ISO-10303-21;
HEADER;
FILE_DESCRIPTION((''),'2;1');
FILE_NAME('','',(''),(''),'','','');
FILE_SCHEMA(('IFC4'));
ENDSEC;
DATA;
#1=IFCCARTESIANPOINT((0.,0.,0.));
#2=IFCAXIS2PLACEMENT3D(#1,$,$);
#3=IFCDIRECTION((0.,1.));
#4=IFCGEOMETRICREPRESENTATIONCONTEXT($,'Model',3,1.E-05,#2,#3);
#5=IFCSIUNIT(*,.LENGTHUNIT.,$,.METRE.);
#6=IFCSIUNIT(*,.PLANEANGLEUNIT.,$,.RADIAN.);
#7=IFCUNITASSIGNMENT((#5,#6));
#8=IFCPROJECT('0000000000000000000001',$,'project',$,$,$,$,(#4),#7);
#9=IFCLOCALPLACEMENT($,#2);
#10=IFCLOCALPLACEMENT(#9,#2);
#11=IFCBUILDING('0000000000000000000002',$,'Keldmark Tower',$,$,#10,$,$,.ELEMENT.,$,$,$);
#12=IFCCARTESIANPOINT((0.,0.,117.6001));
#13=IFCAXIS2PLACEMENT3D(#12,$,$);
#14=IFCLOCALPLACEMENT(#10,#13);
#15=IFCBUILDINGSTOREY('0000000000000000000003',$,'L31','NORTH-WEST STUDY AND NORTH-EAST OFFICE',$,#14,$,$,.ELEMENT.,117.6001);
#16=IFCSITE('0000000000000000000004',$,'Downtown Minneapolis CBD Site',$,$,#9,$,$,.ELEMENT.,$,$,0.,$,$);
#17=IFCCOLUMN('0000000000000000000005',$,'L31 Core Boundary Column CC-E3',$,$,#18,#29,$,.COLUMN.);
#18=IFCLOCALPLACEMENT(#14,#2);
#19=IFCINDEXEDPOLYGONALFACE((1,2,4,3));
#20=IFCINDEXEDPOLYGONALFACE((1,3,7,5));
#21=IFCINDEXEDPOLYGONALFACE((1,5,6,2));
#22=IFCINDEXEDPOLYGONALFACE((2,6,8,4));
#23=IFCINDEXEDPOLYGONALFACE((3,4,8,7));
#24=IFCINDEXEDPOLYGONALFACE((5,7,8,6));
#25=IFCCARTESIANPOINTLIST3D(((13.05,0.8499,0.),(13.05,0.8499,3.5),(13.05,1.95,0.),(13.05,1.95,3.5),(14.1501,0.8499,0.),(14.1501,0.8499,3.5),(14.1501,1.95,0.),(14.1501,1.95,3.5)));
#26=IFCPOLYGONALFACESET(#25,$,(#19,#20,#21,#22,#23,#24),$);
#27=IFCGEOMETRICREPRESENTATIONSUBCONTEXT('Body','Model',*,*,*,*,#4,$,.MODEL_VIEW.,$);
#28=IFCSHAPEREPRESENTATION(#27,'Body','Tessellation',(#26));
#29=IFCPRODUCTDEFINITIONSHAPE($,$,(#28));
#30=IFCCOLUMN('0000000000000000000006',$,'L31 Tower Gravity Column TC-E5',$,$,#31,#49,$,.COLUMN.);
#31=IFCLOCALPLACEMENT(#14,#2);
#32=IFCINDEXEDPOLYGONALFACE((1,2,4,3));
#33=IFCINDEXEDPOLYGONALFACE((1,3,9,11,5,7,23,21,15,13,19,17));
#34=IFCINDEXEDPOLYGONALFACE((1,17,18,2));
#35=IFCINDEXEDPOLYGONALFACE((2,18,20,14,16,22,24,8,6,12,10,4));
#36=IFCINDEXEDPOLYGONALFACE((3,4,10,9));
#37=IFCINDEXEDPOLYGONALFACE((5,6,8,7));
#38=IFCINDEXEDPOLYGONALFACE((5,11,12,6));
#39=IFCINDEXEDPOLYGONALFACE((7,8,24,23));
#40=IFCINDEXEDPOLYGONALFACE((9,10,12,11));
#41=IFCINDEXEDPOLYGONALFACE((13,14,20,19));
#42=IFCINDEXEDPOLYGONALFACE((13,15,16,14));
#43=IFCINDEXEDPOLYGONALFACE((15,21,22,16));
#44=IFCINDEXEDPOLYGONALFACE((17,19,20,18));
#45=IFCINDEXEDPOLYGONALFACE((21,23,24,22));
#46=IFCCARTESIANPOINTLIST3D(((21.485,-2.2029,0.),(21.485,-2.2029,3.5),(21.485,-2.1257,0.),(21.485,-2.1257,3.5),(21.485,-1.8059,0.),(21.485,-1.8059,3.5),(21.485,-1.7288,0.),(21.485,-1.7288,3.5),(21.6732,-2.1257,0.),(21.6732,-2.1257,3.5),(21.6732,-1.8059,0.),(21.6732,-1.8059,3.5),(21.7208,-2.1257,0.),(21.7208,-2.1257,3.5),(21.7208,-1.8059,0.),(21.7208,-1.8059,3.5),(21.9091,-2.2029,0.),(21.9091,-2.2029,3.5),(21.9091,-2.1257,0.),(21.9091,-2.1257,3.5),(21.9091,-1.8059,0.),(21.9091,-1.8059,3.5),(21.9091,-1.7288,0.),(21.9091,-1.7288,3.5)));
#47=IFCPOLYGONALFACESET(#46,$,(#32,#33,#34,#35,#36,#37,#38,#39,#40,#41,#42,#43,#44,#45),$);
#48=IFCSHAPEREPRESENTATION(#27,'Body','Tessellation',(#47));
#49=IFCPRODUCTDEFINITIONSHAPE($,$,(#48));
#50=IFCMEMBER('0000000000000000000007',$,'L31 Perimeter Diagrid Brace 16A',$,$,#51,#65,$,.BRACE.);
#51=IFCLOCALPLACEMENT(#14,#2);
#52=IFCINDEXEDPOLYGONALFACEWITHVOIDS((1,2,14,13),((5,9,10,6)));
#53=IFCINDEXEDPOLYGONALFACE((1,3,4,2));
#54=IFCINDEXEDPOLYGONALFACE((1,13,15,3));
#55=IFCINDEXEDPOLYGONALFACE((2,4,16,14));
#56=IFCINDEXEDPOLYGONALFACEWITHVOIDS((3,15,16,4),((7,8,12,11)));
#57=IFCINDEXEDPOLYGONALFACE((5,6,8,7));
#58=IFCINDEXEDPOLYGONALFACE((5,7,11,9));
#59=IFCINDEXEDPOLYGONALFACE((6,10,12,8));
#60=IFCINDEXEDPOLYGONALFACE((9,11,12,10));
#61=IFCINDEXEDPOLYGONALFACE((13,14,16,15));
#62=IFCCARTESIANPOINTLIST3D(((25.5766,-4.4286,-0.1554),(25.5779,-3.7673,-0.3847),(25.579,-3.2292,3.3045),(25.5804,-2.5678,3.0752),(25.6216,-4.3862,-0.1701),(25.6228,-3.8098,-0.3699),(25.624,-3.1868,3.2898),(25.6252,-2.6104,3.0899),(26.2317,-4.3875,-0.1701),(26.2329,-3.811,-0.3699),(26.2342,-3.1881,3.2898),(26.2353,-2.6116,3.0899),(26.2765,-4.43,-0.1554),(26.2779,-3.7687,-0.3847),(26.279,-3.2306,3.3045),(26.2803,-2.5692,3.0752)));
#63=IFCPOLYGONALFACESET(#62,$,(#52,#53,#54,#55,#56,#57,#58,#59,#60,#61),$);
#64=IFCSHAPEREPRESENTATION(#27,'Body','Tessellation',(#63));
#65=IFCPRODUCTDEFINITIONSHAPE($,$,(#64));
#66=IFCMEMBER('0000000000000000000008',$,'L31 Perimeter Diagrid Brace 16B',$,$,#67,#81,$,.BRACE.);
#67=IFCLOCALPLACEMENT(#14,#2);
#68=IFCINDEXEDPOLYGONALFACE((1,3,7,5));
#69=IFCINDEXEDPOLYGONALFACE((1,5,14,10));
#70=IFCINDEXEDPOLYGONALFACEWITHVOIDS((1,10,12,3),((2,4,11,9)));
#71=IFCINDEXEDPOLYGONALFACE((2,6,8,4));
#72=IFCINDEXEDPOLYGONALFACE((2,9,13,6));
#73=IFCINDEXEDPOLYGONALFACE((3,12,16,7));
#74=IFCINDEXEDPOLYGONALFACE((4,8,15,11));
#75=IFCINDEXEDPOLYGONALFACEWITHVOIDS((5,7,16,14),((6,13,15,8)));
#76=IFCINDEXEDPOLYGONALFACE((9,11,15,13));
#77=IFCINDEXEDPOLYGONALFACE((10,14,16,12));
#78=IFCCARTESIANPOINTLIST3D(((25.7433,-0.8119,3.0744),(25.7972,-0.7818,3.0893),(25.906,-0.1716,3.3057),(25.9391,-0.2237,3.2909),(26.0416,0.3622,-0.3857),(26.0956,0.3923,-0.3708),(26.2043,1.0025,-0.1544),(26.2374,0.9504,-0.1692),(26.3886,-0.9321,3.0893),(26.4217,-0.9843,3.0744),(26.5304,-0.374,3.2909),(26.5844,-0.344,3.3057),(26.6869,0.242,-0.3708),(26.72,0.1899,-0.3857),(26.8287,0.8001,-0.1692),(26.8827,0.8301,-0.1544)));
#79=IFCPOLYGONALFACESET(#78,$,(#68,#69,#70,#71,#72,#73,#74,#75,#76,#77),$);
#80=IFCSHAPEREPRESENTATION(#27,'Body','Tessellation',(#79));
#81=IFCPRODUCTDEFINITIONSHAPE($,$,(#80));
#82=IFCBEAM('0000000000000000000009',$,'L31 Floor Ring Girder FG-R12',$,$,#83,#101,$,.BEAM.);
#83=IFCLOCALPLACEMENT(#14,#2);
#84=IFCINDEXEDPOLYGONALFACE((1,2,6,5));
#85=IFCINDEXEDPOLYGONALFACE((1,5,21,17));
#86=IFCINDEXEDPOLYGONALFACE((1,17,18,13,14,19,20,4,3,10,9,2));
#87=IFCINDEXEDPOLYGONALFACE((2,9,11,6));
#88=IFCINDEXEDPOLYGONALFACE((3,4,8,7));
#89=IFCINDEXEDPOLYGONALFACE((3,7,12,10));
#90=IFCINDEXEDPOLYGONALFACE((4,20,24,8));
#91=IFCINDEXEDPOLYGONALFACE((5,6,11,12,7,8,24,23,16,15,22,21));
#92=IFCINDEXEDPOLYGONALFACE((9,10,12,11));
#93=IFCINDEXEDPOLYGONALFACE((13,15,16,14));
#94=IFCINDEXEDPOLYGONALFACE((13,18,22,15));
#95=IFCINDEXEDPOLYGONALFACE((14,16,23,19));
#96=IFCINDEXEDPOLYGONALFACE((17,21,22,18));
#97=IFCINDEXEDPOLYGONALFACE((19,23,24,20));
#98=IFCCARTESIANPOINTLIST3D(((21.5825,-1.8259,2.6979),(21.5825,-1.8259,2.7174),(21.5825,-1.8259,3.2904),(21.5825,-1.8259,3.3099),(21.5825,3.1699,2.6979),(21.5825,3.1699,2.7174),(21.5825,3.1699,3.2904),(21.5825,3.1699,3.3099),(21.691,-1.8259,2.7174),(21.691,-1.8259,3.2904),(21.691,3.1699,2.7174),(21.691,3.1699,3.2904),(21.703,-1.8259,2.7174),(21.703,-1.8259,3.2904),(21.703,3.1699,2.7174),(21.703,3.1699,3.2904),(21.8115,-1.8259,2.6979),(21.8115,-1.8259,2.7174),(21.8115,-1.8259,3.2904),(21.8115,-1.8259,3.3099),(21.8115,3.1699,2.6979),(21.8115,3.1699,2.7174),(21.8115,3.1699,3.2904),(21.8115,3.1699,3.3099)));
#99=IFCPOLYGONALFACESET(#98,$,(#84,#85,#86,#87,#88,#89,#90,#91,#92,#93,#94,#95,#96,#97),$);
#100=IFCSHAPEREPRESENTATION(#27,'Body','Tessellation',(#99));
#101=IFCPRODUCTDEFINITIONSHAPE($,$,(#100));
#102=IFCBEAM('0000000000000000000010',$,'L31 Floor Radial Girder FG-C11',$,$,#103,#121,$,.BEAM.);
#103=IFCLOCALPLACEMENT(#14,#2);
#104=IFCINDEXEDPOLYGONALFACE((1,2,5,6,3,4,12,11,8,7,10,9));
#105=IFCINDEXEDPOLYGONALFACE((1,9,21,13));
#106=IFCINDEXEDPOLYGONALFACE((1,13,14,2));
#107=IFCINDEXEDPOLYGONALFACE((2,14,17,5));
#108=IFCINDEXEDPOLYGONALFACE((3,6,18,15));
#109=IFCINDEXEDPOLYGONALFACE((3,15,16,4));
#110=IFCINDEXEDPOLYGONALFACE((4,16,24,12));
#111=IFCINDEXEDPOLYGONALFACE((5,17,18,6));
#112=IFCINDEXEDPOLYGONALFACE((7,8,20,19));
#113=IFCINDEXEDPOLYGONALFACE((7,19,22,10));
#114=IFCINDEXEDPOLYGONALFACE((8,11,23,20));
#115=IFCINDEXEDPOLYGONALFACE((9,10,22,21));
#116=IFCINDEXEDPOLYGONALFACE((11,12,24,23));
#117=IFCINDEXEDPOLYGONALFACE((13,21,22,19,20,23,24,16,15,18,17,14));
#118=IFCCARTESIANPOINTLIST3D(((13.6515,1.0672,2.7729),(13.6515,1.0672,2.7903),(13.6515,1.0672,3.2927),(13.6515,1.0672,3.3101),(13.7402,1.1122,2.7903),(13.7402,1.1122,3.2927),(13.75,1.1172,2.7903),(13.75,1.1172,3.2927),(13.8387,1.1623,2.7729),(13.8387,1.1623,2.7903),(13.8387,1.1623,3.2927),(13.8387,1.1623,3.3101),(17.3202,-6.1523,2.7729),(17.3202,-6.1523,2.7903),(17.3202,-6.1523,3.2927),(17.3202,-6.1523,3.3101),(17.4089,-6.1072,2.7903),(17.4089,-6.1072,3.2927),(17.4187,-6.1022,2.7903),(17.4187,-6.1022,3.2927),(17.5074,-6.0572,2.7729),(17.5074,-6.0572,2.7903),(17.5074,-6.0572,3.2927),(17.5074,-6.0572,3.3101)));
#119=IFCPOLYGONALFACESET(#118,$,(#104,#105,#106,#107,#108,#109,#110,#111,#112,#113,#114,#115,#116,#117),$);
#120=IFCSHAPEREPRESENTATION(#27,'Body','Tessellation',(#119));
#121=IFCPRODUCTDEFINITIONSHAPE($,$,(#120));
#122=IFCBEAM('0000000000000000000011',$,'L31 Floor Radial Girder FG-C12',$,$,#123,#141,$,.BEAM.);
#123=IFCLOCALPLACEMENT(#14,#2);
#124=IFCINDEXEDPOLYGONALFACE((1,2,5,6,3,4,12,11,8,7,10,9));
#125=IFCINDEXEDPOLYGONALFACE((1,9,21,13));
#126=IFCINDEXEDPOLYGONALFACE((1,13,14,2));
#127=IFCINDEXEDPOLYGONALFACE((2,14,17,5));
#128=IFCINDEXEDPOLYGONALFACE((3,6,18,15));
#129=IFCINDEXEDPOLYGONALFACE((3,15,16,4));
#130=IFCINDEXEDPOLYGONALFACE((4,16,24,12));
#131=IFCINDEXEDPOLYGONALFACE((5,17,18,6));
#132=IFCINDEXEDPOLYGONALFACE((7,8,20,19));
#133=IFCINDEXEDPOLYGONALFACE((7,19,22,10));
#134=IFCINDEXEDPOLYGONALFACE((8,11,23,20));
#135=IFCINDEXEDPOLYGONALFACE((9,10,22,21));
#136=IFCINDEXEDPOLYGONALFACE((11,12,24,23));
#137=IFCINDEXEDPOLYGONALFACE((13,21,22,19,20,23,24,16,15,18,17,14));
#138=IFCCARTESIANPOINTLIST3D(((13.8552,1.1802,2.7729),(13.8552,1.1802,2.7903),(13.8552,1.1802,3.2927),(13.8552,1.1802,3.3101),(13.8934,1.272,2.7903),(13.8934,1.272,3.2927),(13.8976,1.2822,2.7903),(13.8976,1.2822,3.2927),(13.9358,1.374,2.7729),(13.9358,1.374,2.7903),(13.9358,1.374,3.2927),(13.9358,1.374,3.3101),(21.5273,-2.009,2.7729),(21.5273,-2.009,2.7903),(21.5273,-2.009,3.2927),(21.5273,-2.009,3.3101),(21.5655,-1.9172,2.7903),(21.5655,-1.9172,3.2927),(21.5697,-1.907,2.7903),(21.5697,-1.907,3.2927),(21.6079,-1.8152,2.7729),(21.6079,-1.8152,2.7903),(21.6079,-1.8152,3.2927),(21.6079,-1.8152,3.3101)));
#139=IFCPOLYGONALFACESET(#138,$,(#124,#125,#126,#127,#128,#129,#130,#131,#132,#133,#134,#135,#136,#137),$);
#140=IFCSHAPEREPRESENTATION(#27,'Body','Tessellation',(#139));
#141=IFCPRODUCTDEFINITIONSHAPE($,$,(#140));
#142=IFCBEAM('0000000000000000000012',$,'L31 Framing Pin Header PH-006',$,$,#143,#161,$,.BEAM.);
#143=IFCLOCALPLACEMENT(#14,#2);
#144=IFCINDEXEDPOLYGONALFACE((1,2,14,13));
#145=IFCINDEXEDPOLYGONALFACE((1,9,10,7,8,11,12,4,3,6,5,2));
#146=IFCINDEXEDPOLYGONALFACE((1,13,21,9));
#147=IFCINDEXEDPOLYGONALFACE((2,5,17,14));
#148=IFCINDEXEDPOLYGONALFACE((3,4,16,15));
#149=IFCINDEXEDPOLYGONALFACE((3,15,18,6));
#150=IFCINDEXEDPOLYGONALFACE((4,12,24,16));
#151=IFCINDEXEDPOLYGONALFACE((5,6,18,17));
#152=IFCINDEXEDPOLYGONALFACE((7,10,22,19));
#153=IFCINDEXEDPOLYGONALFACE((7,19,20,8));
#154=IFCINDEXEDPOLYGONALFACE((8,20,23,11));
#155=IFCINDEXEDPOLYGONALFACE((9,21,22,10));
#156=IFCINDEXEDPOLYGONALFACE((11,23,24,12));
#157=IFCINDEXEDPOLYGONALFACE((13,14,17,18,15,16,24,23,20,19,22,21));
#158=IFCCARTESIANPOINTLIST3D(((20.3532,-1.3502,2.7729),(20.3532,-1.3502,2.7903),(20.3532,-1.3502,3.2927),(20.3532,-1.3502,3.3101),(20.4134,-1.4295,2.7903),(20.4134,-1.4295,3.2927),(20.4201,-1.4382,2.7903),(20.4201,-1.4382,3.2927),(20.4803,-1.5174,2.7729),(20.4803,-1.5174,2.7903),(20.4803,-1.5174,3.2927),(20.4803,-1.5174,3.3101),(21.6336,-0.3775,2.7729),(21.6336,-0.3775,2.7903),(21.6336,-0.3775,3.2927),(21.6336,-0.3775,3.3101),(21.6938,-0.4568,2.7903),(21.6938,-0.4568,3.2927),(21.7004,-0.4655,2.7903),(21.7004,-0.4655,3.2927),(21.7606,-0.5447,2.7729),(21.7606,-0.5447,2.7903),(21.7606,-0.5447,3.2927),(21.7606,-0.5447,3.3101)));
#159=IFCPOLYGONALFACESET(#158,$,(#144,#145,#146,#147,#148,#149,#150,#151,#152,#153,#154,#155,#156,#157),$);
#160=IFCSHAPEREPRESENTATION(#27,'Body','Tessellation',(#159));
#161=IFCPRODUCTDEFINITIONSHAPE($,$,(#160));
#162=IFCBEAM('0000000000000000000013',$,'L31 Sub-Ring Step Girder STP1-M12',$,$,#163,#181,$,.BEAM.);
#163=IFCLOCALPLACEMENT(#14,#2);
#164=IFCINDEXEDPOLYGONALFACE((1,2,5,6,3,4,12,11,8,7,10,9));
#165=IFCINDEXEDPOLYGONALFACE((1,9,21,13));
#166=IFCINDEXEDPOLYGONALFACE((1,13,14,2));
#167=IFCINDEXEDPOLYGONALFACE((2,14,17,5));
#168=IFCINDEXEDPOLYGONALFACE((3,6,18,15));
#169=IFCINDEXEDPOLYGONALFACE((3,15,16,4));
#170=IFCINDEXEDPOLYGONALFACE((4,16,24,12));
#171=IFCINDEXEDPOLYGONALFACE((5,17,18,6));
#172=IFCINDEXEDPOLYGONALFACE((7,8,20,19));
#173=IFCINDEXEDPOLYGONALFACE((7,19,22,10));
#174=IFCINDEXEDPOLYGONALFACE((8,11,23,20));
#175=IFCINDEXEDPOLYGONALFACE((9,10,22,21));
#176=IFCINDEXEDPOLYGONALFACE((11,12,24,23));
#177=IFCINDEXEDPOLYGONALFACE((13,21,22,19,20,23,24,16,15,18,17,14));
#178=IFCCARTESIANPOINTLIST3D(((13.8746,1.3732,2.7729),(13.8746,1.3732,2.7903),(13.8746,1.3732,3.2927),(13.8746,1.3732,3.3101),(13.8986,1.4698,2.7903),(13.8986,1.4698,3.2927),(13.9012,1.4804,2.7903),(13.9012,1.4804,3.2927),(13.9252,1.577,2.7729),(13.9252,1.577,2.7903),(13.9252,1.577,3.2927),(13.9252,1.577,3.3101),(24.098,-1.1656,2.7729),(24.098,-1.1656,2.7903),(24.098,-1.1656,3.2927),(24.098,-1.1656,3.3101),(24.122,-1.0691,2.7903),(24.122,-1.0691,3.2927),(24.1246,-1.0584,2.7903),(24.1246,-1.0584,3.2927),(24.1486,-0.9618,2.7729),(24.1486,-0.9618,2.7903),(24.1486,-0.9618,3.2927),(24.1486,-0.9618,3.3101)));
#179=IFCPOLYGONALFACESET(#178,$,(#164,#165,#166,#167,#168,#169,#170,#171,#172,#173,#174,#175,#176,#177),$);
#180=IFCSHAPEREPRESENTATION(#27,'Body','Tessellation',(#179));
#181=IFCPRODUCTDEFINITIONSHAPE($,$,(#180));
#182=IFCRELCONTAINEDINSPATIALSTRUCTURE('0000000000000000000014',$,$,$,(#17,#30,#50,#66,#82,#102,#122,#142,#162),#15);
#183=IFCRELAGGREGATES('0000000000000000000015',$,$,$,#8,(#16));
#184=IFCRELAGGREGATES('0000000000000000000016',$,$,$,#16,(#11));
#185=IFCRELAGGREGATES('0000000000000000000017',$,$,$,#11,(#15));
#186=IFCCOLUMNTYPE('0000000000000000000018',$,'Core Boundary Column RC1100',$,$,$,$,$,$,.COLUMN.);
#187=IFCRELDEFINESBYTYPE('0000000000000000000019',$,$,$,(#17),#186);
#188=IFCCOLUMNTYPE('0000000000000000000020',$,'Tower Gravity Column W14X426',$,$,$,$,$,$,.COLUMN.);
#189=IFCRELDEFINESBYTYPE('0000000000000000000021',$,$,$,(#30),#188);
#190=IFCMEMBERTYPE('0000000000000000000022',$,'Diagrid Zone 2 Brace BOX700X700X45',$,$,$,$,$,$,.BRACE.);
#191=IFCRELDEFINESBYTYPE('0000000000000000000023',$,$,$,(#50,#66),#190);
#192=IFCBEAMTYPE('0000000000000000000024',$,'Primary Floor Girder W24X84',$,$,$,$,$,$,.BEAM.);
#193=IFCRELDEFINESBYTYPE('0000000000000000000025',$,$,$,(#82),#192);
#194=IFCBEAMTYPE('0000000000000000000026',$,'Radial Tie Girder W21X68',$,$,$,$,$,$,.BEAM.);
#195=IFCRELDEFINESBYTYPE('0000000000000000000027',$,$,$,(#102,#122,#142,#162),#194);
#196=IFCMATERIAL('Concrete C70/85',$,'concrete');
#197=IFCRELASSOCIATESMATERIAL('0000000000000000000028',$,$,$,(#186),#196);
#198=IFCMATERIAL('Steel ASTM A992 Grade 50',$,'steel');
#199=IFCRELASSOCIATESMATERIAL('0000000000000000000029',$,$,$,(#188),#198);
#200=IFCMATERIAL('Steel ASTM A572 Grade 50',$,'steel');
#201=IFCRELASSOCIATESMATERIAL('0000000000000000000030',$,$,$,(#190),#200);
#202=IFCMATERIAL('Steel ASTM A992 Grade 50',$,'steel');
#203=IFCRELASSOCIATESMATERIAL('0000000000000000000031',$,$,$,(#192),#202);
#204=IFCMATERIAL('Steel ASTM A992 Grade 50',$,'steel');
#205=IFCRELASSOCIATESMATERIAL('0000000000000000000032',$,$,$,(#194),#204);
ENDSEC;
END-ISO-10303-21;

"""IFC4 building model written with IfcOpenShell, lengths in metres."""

from ifc_helpers import new_model, si_unit, direction, frame, origin, origin_2d, place, context, subcontext, project, spatial, rectangle, hollow_rectangle, i_section, extrude, material, material_profile, profile_set, type_object, element, save


model = new_model("IFC4")

# Units and contexts
model_context = context("Model", 3, precision=1e-05, world=origin(), true_north=direction((0.0, 1.0)))
body_context = subcontext(model_context, "Body", "Model", "MODEL_VIEW")
ifc_project = project(units=[si_unit("LENGTHUNIT", "METRE"), si_unit("PLANEANGLEUNIT", "RADIAN")], contexts=[model_context])

# Site, building, storey
site_placement = place(None, origin())
site = spatial("IfcSite", under=ifc_project, at=site_placement, Name="Downtown Minneapolis CBD Site", CompositionType="ELEMENT", RefElevation=0.0)
building_placement = place(site_placement, origin())
building = spatial("IfcBuilding", under=site, at=building_placement, Name="Keldmark Tower", CompositionType="ELEMENT")
storey_placement = place(building_placement, frame((0.0, 0.0, 117.6001)))
storey = spatial("IfcBuildingStorey", under=building, at=storey_placement, Name="L31", Description="NORTH-WEST STUDY AND NORTH-EAST OFFICE", CompositionType="ELEMENT", Elevation=117.6001)

# Columns
ifc_material_1 = material(Name="Concrete C70/85", Category="concrete")
ifc_material_profile_1 = material_profile(ifc_material_1, rectangle(XDim=1.1001, YDim=1.1001, at=origin_2d()), Name="RC1100X1100")
ifc_profile_set_1 = profile_set([ifc_material_profile_1], Name="Concrete C70/85")
column_type_1 = type_object("IfcColumnType", Name="Core Boundary Column RC1100", PredefinedType="COLUMN", material=ifc_profile_set_1)
column_1_placement = place(storey_placement, frame((13.6001, 1.3999, 0.0), z_axis=(0.0, 0.0, 1.0), x_axis=(1.0, 0.0, 0.0)))
element("IfcColumn", 1, at=column_1_placement, inside=storey, type_object=column_type_1, Name="L31 Core Boundary Column CC-E3", PredefinedType="COLUMN", context=body_context, shape_type="SweptSolid", body=[
    extrude(rectangle(XDim=1.1001, YDim=1.1001, at=origin_2d()), origin(), (0.0, 0.0, 1.0), 3.5),
])
ifc_material_2 = material(Name="Steel ASTM A992 Grade 50", Category="steel")
ifc_material_profile_2 = material_profile(ifc_material_2, i_section(OverallWidth=0.4241, OverallDepth=0.4741, WebThickness=0.0476, FlangeThickness=0.0771, at=origin_2d()), Name="W14X426")
ifc_profile_set_2 = profile_set([ifc_material_profile_2], Name="Steel ASTM A992 Grade 50")
column_type_2 = type_object("IfcColumnType", Name="Tower Gravity Column W14X426", PredefinedType="COLUMN", material=ifc_profile_set_2)
column_2_placement = place(storey_placement, frame((21.697, -1.9658, 0.0), z_axis=(0.0, 0.0, 1.0), x_axis=(1.0, 0.0, 0.0)))
element("IfcColumn", 2, at=column_2_placement, inside=storey, type_object=column_type_2, Name="L31 Tower Gravity Column TC-E5", PredefinedType="COLUMN", context=body_context, shape_type="SweptSolid", body=[
    extrude(i_section(OverallWidth=0.4241, OverallDepth=0.4741, WebThickness=0.0476, FlangeThickness=0.0771, at=origin_2d()), origin(), (0.0, 0.0, 1.0), 3.5),
])

# Members
ifc_material_3 = material(Name="Steel ASTM A572 Grade 50", Category="steel")
ifc_material_profile_3 = material_profile(ifc_material_3, hollow_rectangle(XDim=0.7, YDim=0.7, WallThickness=0.0449, at=origin_2d()), Name="BOX700X700X45")
ifc_profile_set_3 = profile_set([ifc_material_profile_3], Name="Steel ASTM A572 Grade 50")
member_type = type_object("IfcMemberType", Name="Diagrid Zone 2 Brace BOX700X700X45", PredefinedType="BRACE", material=ifc_profile_set_3)
member_1_placement = place(storey_placement, frame((25.9272, -4.0986, -0.27), z_axis=(0.000667, 0.327546, 0.944835), x_axis=(-0.999998, 0.002035, 0.0)))
element("IfcMember", 3, at=member_1_placement, inside=storey, type_object=member_type, Name="L31 Perimeter Diagrid Brace 16A", PredefinedType="BRACE", context=body_context, shape_type="SweptSolid", body=[
    extrude(hollow_rectangle(XDim=0.7, YDim=0.7, WallThickness=0.0449, at=origin_2d()), origin(), (0.0, 0.0, 1.0), 3.6619),
])
member_2_placement = place(storey_placement, frame((26.4622, 0.5962, -0.27), z_axis=(-0.081383, -0.320269, 0.943824), x_axis=(0.969199, -0.24628, 0.0)))
element("IfcMember", 4, at=member_2_placement, inside=storey, type_object=member_type, Name="L31 Perimeter Diagrid Brace 16B", PredefinedType="BRACE", context=body_context, shape_type="SweptSolid", body=[
    extrude(hollow_rectangle(XDim=0.7, YDim=0.7, WallThickness=0.0449, at=origin_2d()), origin(), (0.0, 0.0, 1.0), 3.666),
])

# Beams
ifc_material_4 = material(Name="Steel ASTM A992 Grade 50", Category="steel")
ifc_material_profile_4 = material_profile(ifc_material_4, i_section(OverallWidth=0.229, OverallDepth=0.6121, WebThickness=0.012, FlangeThickness=0.0195, at=origin_2d()), Name="W24X84")
ifc_profile_set_4 = profile_set([ifc_material_profile_4], Name="Steel ASTM A992 Grade 50")
beam_type_1 = type_object("IfcBeamType", Name="Primary Floor Girder W24X84", PredefinedType="BEAM", material=ifc_profile_set_4)
beam_1_placement = place(storey_placement, frame((21.697, -1.8259, 3.0039), z_axis=(0.0, 1.0, 0.0), x_axis=(-1.0, 0.0, 0.0)))
element("IfcBeam", 5, at=beam_1_placement, inside=storey, type_object=beam_type_1, Name="L31 Floor Ring Girder FG-R12", PredefinedType="BEAM", context=body_context, shape_type="SweptSolid", body=[
    extrude(i_section(OverallWidth=0.229, OverallDepth=0.6121, WebThickness=0.012, FlangeThickness=0.0195, at=origin_2d()), origin(), (0.0, 0.0, 1.0), 4.9958),
])
ifc_material_5 = material(Name="Steel ASTM A992 Grade 50", Category="steel")
ifc_material_profile_5 = material_profile(ifc_material_5, i_section(OverallWidth=0.21, OverallDepth=0.5371, WebThickness=0.011, FlangeThickness=0.0173, at=origin_2d()), Name="W21X68")
ifc_profile_set_5 = profile_set([ifc_material_profile_5], Name="Steel ASTM A992 Grade 50")
beam_type_2 = type_object("IfcBeamType", Name="Radial Tie Girder W21X68", PredefinedType="BEAM", material=ifc_profile_set_5)
beam_2_placement = place(storey_placement, frame((17.4138, -6.1047, 3.0415), z_axis=(-0.453029, 0.891496, 0.0), x_axis=(-0.891496, -0.453029, 0.0)))
element("IfcBeam", 6, at=beam_2_placement, inside=storey, type_object=beam_type_2, Name="L31 Floor Radial Girder FG-C11", PredefinedType="BEAM", context=body_context, shape_type="SweptSolid", body=[
    extrude(i_section(OverallWidth=0.21, OverallDepth=0.5371, WebThickness=0.011, FlangeThickness=0.0173, at=origin_2d()), origin(), (0.0, 0.0, 1.0), 8.0981),
])
beam_3_placement = place(storey_placement, frame((21.5676, -1.9121, 3.0415), z_axis=(-0.923397, 0.383845, 0.0), x_axis=(-0.383845, -0.923397, 0.0)))
element("IfcBeam", 7, at=beam_3_placement, inside=storey, type_object=beam_type_2, Name="L31 Floor Radial Girder FG-C12", PredefinedType="BEAM", context=body_context, shape_type="SweptSolid", body=[
    extrude(i_section(OverallWidth=0.21, OverallDepth=0.5371, WebThickness=0.011, FlangeThickness=0.0173, at=origin_2d()), origin(), (0.0, 0.0, 1.0), 8.3086),
])
beam_4_placement = place(storey_placement, frame((20.4167, -1.4338, 3.0415), z_axis=(0.796268, 0.604945, 0.0), x_axis=(-0.604945, 0.796268, 0.0)))
element("IfcBeam", 8, at=beam_4_placement, inside=storey, type_object=beam_type_2, Name="L31 Framing Pin Header PH-006", PredefinedType="BEAM", context=body_context, shape_type="SweptSolid", body=[
    extrude(i_section(OverallWidth=0.21, OverallDepth=0.5371, WebThickness=0.011, FlangeThickness=0.0173, at=origin_2d()), origin(), (0.0, 0.0, 1.0), 1.6079),
])
beam_5_placement = place(storey_placement, frame((13.8999, 1.4751, 3.0415), z_axis=(0.970522, -0.241014, 0.0), x_axis=(0.241014, 0.970522, 0.0)))
element("IfcBeam", 9, at=beam_5_placement, inside=storey, type_object=beam_type_2, Name="L31 Sub-Ring Step Girder STP1-M12", PredefinedType="BEAM", context=body_context, shape_type="SweptSolid", body=[
    extrude(i_section(OverallWidth=0.21, OverallDepth=0.5371, WebThickness=0.011, FlangeThickness=0.0173, at=origin_2d()), origin(), (0.0, 0.0, 1.0), 10.5339),
])

save(model, "model.ifc")
